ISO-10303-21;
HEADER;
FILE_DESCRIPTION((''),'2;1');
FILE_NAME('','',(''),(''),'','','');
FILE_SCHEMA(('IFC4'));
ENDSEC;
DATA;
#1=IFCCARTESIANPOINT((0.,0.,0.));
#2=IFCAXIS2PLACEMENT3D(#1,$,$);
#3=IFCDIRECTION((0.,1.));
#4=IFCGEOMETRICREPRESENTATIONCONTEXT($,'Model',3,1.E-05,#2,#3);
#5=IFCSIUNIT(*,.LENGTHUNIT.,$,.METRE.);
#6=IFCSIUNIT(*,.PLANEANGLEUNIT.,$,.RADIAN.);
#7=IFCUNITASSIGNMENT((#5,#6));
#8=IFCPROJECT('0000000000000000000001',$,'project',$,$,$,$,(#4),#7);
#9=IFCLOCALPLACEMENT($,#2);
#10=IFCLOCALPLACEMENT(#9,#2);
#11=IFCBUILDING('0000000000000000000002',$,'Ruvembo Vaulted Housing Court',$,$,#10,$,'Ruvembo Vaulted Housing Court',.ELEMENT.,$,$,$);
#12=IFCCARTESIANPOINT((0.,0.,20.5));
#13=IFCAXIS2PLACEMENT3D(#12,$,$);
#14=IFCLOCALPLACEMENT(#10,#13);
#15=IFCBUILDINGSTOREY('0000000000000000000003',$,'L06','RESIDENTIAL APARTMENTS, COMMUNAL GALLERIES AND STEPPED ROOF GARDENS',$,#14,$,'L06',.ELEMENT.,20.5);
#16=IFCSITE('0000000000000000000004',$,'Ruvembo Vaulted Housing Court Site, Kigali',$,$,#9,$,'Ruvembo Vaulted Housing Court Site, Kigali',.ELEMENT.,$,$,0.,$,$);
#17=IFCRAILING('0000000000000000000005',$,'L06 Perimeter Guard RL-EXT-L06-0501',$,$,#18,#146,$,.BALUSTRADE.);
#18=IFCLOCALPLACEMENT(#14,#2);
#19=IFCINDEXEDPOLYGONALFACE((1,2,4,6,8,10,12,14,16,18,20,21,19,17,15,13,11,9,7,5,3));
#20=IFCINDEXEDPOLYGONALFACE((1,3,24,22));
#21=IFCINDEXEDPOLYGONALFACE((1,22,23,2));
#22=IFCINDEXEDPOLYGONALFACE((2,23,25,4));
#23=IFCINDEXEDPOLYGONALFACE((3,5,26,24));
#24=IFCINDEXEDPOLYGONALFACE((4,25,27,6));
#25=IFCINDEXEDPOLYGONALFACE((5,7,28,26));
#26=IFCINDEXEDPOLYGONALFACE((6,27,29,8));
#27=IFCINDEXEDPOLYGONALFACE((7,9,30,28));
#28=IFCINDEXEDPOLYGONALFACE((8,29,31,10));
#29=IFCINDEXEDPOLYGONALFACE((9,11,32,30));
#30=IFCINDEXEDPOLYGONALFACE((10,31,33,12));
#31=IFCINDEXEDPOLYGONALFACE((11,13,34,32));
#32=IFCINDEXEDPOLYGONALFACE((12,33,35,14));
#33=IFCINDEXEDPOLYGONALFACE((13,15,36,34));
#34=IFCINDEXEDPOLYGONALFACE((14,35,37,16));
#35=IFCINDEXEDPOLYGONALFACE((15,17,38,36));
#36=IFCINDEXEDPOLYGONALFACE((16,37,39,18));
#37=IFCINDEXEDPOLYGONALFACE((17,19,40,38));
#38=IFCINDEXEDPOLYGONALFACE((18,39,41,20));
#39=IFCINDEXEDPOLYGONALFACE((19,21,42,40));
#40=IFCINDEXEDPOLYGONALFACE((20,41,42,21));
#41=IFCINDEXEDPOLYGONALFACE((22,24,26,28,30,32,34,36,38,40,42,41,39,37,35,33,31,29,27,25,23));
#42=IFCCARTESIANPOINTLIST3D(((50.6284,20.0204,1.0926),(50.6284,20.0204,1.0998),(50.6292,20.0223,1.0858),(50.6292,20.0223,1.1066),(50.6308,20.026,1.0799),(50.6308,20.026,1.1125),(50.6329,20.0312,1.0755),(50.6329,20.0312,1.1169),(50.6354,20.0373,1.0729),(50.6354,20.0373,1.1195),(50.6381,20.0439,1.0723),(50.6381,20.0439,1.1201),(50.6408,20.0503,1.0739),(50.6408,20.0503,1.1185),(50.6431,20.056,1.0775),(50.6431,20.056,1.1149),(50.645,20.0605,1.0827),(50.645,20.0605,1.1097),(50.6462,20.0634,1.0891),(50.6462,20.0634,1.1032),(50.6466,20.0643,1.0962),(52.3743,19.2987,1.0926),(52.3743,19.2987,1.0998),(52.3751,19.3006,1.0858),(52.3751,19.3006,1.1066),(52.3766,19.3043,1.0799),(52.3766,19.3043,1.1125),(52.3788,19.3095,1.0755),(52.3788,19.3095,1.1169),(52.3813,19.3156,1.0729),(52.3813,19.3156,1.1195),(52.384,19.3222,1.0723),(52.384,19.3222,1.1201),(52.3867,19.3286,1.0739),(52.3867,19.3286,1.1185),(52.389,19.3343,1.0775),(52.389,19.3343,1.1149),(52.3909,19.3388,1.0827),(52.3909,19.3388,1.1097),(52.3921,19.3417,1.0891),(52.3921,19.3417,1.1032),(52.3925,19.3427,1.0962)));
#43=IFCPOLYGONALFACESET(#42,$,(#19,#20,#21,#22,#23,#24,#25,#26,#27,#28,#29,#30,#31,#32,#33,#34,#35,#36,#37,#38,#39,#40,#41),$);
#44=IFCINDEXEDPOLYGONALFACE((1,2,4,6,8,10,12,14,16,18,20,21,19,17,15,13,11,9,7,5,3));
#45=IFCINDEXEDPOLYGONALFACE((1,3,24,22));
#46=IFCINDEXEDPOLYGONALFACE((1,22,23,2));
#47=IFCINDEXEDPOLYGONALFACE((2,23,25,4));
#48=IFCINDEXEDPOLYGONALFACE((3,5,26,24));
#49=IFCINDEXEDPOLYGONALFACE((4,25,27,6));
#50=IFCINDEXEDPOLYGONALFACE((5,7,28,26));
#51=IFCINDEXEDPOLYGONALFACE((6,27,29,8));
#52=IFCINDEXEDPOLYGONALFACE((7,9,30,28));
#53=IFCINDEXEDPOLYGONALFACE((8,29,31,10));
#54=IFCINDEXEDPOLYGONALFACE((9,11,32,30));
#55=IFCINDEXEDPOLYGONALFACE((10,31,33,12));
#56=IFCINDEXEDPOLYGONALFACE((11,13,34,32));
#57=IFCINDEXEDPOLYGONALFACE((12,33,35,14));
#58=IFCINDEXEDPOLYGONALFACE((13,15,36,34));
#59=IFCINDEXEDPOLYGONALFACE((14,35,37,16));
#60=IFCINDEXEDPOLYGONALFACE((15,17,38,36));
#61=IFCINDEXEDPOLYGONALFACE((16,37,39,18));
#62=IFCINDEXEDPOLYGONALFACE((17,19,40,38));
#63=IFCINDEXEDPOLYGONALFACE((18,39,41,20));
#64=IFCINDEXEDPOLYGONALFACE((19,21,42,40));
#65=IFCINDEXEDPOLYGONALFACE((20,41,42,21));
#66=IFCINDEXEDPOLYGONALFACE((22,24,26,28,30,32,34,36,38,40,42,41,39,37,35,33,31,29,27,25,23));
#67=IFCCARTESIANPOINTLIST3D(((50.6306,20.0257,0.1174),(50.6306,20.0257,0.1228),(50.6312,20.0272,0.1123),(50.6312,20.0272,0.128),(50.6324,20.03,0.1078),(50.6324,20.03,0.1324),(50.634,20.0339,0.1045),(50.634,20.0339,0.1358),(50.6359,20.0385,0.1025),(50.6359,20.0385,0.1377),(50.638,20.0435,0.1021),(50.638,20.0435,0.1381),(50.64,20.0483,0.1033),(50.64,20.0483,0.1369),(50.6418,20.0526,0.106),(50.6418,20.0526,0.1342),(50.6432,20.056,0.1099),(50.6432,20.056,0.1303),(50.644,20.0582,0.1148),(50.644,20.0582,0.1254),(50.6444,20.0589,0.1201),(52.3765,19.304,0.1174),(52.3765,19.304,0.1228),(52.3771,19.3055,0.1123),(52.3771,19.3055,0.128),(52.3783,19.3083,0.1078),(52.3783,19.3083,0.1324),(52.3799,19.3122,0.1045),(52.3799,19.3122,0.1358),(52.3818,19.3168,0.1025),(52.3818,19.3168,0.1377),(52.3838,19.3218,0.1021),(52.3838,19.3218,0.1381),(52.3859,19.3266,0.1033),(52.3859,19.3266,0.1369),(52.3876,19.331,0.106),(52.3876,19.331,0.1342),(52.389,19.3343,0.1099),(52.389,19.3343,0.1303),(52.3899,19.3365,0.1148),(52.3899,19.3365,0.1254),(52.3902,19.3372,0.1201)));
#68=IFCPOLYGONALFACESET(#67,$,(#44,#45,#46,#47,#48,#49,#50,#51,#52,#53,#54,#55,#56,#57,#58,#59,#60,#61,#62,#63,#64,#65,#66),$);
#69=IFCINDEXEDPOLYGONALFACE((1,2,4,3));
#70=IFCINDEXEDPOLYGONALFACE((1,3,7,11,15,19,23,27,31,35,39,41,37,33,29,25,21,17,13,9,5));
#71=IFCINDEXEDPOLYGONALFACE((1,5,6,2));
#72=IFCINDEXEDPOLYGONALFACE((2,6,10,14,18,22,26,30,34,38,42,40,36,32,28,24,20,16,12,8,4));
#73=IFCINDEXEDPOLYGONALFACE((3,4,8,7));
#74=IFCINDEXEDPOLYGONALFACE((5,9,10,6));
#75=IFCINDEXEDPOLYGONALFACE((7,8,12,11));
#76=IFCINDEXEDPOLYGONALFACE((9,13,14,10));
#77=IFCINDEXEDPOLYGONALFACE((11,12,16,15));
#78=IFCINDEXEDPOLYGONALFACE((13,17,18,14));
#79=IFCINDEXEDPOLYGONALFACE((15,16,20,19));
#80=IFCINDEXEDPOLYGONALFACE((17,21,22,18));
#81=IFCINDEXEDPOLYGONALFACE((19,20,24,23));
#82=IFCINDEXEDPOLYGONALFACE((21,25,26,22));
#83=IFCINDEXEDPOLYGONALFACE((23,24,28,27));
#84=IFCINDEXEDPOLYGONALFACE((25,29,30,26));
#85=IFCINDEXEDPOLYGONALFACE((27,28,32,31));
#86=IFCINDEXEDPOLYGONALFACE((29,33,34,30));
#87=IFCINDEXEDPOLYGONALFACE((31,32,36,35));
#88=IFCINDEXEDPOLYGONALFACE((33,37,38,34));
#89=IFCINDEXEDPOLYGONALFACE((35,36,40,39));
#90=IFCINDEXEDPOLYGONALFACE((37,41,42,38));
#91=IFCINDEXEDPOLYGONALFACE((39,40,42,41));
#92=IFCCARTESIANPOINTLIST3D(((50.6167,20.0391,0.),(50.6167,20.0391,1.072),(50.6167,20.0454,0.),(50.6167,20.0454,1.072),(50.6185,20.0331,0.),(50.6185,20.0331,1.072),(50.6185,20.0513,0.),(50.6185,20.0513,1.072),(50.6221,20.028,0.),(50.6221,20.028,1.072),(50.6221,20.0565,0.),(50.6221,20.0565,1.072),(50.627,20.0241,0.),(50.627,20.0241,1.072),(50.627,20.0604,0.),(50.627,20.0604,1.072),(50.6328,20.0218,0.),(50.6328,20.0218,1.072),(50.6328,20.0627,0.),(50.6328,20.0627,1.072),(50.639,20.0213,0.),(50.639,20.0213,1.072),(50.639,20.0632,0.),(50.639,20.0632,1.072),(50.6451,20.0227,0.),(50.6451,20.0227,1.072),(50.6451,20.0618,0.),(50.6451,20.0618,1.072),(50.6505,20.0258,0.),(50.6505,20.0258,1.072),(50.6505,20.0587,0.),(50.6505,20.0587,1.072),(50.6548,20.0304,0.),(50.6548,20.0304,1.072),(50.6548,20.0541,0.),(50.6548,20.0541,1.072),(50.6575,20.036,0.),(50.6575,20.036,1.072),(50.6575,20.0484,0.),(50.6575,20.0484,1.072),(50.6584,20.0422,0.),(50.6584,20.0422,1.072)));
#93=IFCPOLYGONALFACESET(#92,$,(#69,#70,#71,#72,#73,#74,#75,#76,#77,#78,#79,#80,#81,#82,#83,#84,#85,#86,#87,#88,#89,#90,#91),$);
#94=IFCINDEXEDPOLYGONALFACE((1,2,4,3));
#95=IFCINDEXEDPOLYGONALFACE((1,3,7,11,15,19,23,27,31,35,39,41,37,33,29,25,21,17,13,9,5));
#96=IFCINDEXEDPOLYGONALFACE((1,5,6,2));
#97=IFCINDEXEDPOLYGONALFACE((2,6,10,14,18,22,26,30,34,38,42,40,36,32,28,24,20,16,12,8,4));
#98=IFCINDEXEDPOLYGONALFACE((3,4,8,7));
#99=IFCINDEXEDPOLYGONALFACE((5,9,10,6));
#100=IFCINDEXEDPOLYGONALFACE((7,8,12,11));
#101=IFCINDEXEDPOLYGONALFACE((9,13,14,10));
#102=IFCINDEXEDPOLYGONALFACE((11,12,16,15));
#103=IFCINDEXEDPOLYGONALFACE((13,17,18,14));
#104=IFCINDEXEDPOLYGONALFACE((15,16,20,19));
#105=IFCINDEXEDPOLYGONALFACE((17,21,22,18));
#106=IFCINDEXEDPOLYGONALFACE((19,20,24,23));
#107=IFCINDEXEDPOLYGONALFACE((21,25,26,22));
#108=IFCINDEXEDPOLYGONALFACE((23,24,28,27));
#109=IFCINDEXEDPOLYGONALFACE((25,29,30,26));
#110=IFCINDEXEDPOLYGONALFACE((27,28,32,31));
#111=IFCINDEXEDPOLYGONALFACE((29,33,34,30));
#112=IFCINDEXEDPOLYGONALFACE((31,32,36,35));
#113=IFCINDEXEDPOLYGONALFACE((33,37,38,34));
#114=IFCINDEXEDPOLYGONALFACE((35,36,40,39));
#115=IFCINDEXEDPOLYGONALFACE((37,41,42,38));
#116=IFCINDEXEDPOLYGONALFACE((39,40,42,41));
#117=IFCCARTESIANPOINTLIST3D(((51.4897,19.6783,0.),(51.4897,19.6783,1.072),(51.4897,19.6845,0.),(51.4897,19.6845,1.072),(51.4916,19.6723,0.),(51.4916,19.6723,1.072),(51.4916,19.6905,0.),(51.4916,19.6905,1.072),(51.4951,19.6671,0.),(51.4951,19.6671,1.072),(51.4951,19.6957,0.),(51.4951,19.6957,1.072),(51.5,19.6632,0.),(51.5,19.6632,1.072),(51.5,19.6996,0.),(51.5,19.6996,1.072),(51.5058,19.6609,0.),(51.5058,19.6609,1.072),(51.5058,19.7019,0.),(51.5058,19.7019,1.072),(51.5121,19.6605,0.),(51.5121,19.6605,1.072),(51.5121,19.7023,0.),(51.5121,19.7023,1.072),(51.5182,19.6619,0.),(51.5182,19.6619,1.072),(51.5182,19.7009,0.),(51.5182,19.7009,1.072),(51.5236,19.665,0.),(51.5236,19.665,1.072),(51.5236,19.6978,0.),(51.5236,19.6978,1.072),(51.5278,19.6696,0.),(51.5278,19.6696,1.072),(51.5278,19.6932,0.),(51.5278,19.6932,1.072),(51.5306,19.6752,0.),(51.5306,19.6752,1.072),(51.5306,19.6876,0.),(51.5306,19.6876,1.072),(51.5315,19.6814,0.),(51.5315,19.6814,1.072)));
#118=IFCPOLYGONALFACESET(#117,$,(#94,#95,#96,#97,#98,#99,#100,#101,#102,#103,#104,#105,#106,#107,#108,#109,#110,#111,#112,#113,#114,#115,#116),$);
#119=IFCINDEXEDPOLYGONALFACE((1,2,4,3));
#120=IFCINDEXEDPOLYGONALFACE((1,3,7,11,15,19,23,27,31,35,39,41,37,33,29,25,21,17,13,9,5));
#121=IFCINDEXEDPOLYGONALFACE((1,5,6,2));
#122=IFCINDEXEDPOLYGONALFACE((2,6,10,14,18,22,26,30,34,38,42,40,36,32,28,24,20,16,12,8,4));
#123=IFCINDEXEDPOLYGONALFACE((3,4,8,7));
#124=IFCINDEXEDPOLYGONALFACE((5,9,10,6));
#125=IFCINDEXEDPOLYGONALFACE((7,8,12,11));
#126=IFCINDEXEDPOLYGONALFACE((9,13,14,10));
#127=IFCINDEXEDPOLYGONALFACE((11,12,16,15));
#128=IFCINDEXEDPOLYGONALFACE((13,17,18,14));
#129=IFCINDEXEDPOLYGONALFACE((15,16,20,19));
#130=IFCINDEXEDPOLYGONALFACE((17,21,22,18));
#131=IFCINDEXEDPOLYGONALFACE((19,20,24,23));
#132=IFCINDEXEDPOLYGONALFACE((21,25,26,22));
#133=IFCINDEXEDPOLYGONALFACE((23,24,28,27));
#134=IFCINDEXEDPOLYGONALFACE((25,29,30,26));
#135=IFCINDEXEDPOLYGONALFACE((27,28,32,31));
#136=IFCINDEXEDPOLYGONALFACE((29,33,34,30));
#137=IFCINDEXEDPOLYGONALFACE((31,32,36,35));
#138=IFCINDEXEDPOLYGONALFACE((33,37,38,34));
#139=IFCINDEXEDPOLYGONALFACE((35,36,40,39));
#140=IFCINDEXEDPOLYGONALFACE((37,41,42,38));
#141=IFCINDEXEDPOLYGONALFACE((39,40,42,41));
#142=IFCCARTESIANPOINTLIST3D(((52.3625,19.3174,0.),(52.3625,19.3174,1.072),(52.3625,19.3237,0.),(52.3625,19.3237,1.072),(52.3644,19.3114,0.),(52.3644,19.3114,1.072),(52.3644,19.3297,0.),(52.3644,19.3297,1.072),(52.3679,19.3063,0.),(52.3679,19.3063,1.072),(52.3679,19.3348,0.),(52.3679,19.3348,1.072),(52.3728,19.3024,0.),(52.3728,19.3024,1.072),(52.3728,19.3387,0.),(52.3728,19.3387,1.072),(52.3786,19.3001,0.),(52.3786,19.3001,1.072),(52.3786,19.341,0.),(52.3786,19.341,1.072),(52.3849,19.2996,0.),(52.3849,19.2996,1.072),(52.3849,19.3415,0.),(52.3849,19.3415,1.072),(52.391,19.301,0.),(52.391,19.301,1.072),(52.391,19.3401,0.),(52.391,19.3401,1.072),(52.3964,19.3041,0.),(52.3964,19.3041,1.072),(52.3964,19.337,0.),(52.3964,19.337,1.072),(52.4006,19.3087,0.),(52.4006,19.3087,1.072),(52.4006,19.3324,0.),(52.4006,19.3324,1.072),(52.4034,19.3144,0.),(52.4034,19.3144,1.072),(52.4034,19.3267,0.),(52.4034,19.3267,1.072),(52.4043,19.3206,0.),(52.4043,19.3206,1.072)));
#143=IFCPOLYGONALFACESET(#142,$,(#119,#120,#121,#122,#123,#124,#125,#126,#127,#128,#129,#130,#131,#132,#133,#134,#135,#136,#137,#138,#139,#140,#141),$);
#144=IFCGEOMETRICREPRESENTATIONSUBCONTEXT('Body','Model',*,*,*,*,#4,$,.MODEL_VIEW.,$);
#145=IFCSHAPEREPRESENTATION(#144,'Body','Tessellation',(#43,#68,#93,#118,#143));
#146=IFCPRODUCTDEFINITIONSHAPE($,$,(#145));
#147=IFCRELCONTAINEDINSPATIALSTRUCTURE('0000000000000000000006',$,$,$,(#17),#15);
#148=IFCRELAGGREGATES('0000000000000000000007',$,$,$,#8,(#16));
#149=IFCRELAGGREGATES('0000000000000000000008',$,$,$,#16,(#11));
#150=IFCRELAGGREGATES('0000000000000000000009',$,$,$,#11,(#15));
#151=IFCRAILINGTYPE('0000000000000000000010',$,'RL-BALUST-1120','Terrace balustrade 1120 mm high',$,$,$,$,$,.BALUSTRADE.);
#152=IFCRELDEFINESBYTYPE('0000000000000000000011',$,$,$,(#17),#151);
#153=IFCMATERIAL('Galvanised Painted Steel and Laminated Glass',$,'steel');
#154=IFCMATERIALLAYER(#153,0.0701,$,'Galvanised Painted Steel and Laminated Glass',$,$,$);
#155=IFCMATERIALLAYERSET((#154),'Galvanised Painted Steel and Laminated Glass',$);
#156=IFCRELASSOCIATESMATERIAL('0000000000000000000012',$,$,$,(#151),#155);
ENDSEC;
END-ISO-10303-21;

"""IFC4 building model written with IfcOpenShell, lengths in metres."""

from ifc_helpers import new_model, si_unit, direction, frame, origin, origin_2d, place, context, subcontext, project, spatial, circle, extrude, material, layer, layer_set, type_object, element, save


model = new_model("IFC4")

# Units and contexts
model_context = context("Model", 3, precision=1e-05, world=origin(), true_north=direction((0.0, 1.0)))
body_context = subcontext(model_context, "Body", "Model", "MODEL_VIEW")
ifc_project = project(units=[si_unit("LENGTHUNIT", "METRE"), si_unit("PLANEANGLEUNIT", "RADIAN")], contexts=[model_context])

# Site, building, storey
site_placement = place(None, origin())
site = spatial("IfcSite", under=ifc_project, at=site_placement, Name="Ruvembo Vaulted Housing Court Site, Kigali", LongName="Ruvembo Vaulted Housing Court Site, Kigali", CompositionType="ELEMENT", RefElevation=0.0)
building_placement = place(site_placement, origin())
building = spatial("IfcBuilding", under=site, at=building_placement, Name="Ruvembo Vaulted Housing Court", LongName="Ruvembo Vaulted Housing Court", CompositionType="ELEMENT")
storey_placement = place(building_placement, frame((0.0, 0.0, 20.5)))
storey = spatial("IfcBuildingStorey", under=building, at=storey_placement, Name="L06", Description="RESIDENTIAL APARTMENTS, COMMUNAL GALLERIES AND STEPPED ROOF GARDENS", LongName="L06", CompositionType="ELEMENT", Elevation=20.5)

# Railing
ifc_material_1 = material(Name="Galvanised Painted Steel and Laminated Glass", Category="steel")
ifc_layer = layer(ifc_material_1, 0.0701, Name="Galvanised Painted Steel and Laminated Glass")
ifc_layer_set = layer_set([ifc_layer], Name="Galvanised Painted Steel and Laminated Glass")
railing_type = type_object("IfcRailingType", Name="RL-BALUST-1120", Description="Terrace balustrade 1120 mm high", PredefinedType="BALUSTRADE", material=ifc_layer_set)
railing_1_placement = place(storey_placement, frame((50.6375, 20.0422, 0.0)))
element("IfcRailing", 1, at=railing_1_placement, inside=storey, type_object=railing_type, Name="L06 Perimeter Guard RL-EXT-L06-0501", PredefinedType="BALUSTRADE", context=body_context, shape_type="SweptSolid", body=[
    extrude(circle(Radius=0.0239, at=origin_2d()), frame((0.0, 0.0, 1.0962), z_axis=(0.924155, -0.382017, 0.0), x_axis=(0.382017, 0.924155, 0.0)), (0.0, 0.0, 1.0), 1.8892),
    extrude(circle(Radius=0.0181, at=origin_2d()), frame((0.0, 0.0, 0.1201), z_axis=(0.924155, -0.382017, 0.0), x_axis=(0.382017, 0.924155, 0.0)), (0.0, 0.0, 1.0), 1.8892),
    extrude(circle(Radius=0.021, at=origin_2d()), origin(), (0.0, 0.0, 1.0), 1.072),
    extrude(circle(Radius=0.021, at=origin_2d()), frame((0.873, -0.3608, 0.0)), (0.0, 0.0, 1.0), 1.072),
    extrude(circle(Radius=0.021, at=origin_2d()), frame((1.7458, -0.7217, 0.0)), (0.0, 0.0, 1.0), 1.072),
])

save(model, "model.ifc")
